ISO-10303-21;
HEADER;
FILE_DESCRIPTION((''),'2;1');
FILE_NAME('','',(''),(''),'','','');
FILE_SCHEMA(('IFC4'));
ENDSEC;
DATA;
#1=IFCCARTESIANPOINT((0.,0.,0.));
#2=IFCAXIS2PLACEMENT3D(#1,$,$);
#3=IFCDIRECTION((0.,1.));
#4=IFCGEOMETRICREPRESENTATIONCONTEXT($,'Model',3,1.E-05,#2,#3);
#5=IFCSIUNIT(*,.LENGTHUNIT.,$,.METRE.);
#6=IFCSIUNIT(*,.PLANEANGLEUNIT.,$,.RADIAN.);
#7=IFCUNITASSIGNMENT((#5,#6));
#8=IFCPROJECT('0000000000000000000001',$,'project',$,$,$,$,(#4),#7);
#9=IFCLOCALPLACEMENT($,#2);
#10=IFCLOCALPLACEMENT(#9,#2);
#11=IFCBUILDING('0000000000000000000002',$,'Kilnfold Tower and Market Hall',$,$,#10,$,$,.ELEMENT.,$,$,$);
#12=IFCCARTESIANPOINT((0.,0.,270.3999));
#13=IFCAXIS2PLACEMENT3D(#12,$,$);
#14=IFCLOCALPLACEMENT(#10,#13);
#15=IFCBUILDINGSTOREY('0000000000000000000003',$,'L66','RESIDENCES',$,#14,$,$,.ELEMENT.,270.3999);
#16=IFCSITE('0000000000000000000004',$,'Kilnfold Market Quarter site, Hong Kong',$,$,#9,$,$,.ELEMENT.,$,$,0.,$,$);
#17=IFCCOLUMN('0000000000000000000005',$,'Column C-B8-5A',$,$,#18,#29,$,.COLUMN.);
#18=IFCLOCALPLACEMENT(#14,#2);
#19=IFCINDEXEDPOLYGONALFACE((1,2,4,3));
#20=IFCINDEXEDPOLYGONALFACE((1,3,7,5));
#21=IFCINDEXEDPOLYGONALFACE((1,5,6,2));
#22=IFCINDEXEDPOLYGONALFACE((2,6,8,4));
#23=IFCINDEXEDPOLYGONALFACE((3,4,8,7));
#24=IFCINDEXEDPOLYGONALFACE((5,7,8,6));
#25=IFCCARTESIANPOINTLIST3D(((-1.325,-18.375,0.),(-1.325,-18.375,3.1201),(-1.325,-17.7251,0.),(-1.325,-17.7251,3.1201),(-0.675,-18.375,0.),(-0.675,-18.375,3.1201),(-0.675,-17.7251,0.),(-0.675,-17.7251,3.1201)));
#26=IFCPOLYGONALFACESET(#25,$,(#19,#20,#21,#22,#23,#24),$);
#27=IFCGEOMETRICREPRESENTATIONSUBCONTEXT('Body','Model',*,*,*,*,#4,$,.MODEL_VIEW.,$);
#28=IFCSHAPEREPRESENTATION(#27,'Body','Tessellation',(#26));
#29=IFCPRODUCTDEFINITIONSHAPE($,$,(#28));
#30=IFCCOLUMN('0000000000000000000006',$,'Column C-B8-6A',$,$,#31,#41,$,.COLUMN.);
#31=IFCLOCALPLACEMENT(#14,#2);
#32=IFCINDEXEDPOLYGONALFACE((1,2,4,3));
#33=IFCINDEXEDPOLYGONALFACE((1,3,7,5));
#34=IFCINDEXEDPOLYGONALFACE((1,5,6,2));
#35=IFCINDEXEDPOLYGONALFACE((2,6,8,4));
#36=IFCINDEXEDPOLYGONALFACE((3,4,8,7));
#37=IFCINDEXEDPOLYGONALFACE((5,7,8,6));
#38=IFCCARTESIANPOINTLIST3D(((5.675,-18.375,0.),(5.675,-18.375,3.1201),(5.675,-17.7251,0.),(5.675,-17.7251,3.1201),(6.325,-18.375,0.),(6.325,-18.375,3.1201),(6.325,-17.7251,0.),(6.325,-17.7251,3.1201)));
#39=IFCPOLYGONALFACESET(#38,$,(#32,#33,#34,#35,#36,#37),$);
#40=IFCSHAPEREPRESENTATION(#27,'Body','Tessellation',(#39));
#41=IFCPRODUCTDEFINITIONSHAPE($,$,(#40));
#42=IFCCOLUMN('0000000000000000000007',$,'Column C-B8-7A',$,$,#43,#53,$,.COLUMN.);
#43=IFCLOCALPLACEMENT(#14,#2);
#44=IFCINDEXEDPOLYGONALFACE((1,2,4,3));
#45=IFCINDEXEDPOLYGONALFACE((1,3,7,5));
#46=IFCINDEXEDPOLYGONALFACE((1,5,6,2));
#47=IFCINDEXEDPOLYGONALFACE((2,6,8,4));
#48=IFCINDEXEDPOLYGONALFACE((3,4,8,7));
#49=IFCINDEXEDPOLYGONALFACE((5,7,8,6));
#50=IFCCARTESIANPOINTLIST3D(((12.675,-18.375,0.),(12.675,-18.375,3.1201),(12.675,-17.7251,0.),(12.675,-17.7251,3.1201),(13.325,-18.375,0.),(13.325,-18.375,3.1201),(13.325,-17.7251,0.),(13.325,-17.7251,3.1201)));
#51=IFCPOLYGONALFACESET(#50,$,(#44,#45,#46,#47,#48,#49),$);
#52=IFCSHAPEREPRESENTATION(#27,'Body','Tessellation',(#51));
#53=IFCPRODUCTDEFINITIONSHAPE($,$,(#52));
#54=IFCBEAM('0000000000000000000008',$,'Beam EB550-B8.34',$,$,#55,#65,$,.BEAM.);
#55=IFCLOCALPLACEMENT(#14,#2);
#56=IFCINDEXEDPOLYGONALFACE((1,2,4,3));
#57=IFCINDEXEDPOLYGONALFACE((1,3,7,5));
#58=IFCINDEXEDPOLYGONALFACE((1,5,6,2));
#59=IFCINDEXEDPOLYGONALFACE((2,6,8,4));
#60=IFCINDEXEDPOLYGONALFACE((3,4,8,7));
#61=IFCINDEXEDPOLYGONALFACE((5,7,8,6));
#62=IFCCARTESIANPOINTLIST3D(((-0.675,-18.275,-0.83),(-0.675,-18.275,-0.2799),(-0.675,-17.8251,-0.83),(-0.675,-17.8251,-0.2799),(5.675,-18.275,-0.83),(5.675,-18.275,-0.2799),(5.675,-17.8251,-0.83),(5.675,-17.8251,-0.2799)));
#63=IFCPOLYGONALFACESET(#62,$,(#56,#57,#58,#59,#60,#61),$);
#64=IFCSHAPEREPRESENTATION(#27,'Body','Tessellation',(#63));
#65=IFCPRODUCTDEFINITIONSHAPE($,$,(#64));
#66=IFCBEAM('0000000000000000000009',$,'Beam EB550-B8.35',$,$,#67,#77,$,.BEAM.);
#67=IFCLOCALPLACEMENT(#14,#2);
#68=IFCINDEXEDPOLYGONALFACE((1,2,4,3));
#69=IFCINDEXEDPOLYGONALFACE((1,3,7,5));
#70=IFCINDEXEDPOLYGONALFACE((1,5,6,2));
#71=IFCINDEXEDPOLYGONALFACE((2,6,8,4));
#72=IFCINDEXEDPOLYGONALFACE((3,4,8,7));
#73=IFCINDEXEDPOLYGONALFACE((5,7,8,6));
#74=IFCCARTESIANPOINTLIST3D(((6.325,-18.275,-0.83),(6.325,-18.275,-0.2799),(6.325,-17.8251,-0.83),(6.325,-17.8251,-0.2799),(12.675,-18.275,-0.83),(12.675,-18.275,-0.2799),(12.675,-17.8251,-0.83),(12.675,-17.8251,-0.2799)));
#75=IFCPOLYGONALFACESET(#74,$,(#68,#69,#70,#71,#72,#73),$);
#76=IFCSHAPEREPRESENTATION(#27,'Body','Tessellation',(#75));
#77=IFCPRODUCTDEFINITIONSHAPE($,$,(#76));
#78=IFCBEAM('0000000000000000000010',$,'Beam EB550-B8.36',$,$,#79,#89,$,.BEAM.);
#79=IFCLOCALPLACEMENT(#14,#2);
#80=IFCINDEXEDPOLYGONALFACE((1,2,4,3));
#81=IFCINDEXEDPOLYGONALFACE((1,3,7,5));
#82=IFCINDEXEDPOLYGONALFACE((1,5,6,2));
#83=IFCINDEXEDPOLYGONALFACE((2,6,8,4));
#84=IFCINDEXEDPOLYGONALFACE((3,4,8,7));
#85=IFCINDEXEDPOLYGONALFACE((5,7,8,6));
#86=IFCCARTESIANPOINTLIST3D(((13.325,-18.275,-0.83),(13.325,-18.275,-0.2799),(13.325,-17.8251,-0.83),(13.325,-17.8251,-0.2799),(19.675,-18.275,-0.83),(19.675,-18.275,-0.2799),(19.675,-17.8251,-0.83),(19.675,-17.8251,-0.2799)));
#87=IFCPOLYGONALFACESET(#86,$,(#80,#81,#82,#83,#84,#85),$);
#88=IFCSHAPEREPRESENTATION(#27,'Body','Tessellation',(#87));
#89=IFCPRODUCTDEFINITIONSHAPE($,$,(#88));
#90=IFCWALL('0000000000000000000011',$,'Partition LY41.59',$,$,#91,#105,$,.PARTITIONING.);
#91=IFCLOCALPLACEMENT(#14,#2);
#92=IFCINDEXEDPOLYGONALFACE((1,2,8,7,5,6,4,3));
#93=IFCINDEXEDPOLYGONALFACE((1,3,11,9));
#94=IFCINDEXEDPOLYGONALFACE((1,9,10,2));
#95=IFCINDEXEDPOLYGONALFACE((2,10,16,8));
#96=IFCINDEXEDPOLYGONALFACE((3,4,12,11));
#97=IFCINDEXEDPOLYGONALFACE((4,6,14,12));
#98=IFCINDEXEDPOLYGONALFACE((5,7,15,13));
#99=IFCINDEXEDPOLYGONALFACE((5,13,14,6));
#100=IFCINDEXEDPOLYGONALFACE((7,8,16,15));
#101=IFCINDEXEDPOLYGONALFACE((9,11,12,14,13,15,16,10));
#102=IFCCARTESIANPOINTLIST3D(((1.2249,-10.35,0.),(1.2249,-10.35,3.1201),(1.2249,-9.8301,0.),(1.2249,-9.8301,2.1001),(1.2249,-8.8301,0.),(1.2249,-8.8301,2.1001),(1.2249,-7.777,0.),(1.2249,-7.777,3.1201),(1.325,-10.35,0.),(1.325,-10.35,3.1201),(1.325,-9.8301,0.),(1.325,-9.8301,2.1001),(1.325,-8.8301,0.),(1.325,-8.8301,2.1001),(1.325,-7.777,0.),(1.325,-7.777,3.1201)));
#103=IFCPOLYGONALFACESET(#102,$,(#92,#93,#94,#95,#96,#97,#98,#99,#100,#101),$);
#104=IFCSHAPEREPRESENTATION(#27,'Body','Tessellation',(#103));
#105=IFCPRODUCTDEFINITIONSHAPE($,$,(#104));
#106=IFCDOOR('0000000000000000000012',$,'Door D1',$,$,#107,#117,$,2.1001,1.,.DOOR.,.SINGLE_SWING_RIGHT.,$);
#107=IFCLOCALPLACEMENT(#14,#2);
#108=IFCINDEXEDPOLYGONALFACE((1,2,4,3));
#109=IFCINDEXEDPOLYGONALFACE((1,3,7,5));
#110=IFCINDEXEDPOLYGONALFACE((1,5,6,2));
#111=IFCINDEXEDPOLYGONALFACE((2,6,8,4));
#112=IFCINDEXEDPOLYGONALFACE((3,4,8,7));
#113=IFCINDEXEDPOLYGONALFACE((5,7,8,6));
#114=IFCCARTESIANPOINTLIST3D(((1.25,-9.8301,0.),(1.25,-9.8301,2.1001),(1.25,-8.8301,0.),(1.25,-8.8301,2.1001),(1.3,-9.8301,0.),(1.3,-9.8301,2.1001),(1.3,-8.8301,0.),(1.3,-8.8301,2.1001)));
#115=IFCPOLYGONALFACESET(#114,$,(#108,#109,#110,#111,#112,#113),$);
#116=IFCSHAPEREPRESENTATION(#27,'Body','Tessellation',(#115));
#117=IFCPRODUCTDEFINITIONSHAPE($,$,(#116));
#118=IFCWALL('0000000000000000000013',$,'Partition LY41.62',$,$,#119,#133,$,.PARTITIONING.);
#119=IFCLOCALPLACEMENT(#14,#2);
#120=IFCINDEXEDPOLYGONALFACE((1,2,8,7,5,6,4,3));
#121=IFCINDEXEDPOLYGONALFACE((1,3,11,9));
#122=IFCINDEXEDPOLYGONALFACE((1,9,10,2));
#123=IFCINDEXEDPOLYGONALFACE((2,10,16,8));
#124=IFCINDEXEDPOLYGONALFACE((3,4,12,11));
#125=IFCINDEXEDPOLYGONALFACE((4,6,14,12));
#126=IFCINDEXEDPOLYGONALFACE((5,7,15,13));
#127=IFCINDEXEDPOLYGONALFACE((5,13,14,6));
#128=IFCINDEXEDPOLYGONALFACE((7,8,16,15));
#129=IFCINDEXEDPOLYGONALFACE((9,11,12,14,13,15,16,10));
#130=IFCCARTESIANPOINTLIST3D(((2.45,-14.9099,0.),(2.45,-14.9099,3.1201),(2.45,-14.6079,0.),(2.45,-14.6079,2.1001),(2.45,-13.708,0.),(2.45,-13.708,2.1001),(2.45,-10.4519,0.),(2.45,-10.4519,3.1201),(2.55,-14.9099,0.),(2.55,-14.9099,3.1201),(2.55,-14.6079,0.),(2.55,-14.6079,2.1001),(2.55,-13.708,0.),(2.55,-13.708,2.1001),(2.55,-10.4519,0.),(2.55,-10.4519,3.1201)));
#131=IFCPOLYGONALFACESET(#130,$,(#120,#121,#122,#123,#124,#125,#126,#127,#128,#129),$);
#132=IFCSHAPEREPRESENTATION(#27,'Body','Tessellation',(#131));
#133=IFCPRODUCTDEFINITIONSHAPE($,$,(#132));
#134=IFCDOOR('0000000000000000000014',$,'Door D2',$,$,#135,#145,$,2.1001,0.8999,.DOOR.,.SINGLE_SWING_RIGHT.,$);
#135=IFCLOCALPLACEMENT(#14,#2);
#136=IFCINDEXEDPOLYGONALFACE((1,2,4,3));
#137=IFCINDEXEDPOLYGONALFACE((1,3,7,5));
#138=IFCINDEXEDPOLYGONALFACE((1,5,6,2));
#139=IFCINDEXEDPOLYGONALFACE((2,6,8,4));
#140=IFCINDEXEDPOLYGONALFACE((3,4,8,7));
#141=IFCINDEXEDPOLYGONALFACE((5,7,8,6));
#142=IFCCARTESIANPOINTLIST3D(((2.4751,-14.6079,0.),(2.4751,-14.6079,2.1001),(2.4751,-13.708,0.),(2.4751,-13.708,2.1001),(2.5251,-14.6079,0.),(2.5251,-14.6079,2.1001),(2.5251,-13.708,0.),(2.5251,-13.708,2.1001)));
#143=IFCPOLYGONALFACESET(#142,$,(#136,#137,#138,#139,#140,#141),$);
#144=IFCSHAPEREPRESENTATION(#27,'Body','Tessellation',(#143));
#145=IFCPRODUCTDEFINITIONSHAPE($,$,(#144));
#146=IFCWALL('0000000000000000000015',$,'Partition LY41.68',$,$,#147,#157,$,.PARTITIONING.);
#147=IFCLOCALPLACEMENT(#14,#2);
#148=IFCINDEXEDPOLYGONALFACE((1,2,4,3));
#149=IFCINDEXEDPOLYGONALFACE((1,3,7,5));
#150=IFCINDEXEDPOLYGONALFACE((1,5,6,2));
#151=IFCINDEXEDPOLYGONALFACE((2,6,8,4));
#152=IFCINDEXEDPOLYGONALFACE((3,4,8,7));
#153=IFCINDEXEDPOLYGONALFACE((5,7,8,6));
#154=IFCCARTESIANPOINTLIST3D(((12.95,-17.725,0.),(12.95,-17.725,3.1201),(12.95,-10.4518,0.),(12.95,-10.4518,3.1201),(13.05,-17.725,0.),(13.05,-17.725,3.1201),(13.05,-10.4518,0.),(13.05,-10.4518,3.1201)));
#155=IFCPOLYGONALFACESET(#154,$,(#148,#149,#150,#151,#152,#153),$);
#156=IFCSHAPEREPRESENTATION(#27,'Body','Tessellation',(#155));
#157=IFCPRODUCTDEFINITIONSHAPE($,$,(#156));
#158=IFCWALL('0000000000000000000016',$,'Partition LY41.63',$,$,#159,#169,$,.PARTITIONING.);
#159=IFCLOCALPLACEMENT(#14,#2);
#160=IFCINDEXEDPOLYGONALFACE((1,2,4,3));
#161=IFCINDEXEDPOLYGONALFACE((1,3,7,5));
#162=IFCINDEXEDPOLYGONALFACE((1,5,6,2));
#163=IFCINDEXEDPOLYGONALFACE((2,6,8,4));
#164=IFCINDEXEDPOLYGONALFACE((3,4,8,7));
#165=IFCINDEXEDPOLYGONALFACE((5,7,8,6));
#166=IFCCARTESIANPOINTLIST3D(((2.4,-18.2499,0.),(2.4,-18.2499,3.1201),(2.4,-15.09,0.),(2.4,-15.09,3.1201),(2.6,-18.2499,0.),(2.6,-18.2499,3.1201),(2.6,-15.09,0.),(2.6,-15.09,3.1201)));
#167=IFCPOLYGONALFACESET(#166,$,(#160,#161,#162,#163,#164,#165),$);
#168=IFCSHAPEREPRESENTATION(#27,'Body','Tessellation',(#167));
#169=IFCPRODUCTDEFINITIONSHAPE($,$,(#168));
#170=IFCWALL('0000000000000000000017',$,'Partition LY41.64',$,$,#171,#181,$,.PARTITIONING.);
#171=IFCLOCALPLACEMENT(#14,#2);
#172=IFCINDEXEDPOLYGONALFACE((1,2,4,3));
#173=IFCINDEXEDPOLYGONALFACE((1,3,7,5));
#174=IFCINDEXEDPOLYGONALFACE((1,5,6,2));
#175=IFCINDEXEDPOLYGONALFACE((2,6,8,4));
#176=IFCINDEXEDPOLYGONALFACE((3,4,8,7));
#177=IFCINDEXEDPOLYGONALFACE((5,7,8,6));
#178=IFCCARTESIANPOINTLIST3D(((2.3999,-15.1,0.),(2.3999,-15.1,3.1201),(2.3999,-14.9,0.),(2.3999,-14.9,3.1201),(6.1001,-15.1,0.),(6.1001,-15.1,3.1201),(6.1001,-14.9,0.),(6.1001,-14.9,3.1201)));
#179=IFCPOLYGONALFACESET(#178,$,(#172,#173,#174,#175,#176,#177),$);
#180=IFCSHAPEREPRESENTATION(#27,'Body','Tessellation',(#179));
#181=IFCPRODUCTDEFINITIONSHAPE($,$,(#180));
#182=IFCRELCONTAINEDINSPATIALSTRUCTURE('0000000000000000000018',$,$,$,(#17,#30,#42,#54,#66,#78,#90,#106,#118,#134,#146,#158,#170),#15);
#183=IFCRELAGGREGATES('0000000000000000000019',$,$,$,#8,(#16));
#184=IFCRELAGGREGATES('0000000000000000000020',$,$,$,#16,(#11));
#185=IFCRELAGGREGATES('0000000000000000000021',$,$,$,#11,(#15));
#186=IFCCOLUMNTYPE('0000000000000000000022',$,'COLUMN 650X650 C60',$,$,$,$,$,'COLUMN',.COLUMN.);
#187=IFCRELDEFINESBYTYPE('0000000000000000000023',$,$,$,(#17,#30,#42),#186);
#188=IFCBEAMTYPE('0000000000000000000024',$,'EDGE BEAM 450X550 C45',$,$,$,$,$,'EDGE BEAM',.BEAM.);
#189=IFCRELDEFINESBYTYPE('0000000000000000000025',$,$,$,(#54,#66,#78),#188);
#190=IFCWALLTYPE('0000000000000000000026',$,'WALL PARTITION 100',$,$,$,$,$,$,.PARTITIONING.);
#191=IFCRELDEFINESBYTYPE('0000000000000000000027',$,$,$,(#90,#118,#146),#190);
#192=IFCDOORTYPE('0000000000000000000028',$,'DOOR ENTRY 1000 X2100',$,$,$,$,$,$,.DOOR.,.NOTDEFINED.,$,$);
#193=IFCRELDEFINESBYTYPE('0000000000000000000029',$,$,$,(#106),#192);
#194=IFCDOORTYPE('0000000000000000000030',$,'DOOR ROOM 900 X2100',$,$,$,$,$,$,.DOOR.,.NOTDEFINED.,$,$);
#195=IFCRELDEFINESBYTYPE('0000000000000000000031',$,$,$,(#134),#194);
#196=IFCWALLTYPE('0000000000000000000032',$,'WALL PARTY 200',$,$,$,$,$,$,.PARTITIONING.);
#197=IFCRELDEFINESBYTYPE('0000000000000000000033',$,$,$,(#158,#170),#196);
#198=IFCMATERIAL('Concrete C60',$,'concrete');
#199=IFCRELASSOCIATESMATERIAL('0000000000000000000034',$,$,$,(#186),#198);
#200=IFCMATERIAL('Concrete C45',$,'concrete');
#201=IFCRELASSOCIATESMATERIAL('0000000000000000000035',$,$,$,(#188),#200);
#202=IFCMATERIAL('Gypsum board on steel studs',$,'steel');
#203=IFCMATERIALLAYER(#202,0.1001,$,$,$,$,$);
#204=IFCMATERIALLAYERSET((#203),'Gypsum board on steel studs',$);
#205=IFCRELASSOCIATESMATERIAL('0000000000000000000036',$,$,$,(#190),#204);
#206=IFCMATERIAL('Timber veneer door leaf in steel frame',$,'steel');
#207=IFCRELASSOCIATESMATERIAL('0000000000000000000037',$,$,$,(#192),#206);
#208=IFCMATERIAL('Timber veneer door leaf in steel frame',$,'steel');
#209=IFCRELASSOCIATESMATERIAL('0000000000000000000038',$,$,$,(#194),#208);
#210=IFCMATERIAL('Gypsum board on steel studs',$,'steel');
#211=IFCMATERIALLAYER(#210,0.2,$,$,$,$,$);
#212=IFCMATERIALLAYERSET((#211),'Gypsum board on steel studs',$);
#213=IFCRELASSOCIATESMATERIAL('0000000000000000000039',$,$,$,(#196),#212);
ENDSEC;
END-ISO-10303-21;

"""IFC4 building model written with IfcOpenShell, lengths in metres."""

from ifc_helpers import new_model, si_unit, direction, frame, frame_2d, origin, origin_2d, place, context, subcontext, project, spatial, rectangle, extrude, source, transform, mapped, material, layer, layer_set, material_profile, profile_set, type_object, element, fill, save


model = new_model("IFC4")

# Units and contexts
model_context = context("Model", 3, precision=1e-05, world=origin(), true_north=direction((0.0, 1.0)))
body_context = subcontext(model_context, "Body", "Model", "MODEL_VIEW")
ifc_project = project(units=[si_unit("LENGTHUNIT", "METRE"), si_unit("PLANEANGLEUNIT", "RADIAN")], contexts=[model_context])

# Site, building, storey
site_placement = place(None, origin())
site = spatial("IfcSite", under=ifc_project, at=site_placement, Name="Kilnfold Market Quarter site, Hong Kong", CompositionType="ELEMENT", RefElevation=0.0)
building_placement = place(site_placement, origin())
building = spatial("IfcBuilding", under=site, at=building_placement, Name="Kilnfold Tower and Market Hall", CompositionType="ELEMENT")
storey_placement = place(building_placement, frame((0.0, 0.0, 270.3999)))
storey = spatial("IfcBuildingStorey", under=building, at=storey_placement, Name="L66", Description="RESIDENCES", CompositionType="ELEMENT", Elevation=270.3999)

# Columns
ifc_material_1 = material(Name="Concrete C60", Category="concrete")
ifc_material_profile_1 = material_profile(ifc_material_1, rectangle(XDim=0.6499, YDim=0.6499, at=origin_2d()), Name="RC 650x650")
ifc_profile_set_1 = profile_set([ifc_material_profile_1], Name="Concrete C60")
column_type = type_object("IfcColumnType", Name="COLUMN 650X650 C60", ElementType="COLUMN", PredefinedType="COLUMN", material=ifc_profile_set_1)
shared_shape_1 = source(origin(), body_context, "Body", "SweptSolid", [
    extrude(rectangle(XDim=0.6499, YDim=0.6499, at=origin_2d()), origin(), (0.0, 0.0, 1.0), 3.1201),
])
for number, where, z_axis, x_axis, name in (
    (1, (-1.0, -18.05, 0.0), (0.0, 0.0, 1.0), (1.0, 0.0, 0.0), "Column C-B8-5A"),
    (2, (6.0, -18.05, 0.0), (0.0, 0.0, 1.0), (1.0, 0.0, 0.0), "Column C-B8-6A"),
    (3, (13.0, -18.05, 0.0), (0.0, 0.0, 1.0), (1.0, 0.0, 0.0), "Column C-B8-7A"),
):
    element("IfcColumn", number, at=place(storey_placement, frame(where, z_axis=z_axis, x_axis=x_axis)), inside=storey, type_object=column_type, Name=name, PredefinedType="COLUMN", context=body_context, shape_type="MappedRepresentation", body=[
        mapped(shared_shape_1, transform((0.0, 0.0, 0.0))),
    ])

# Beams
ifc_material_2 = material(Name="Concrete C45", Category="concrete")
ifc_material_profile_2 = material_profile(ifc_material_2, rectangle(XDim=0.45, YDim=0.55, at=origin_2d()), Name="RC 450x550")
ifc_profile_set_2 = profile_set([ifc_material_profile_2], Name="Concrete C45")
beam_type = type_object("IfcBeamType", Name="EDGE BEAM 450X550 C45", ElementType="EDGE BEAM", PredefinedType="BEAM", material=ifc_profile_set_2)
shared_shape_2 = source(origin(), body_context, "Body", "SweptSolid", [
    extrude(rectangle(XDim=0.45, YDim=0.55, at=origin_2d()), origin(), (0.0, 0.0, 1.0), 6.3501),
])
for number, where, z_axis, x_axis, name in (
    (4, (-0.675, -18.05, -0.5549), (1.0, 0.0, 0.0), (0.0, 1.0, 0.0), "Beam EB550-B8.34"),
    (5, (6.325, -18.05, -0.5549), (1.0, 0.0, 0.0), (0.0, 1.0, 0.0), "Beam EB550-B8.35"),
    (6, (13.325, -18.05, -0.5549), (1.0, 0.0, 0.0), (0.0, 1.0, 0.0), "Beam EB550-B8.36"),
):
    element("IfcBeam", number, at=place(storey_placement, frame(where, z_axis=z_axis, x_axis=x_axis)), inside=storey, type_object=beam_type, Name=name, PredefinedType="BEAM", context=body_context, shape_type="MappedRepresentation", body=[
        mapped(shared_shape_2, transform((0.0, 0.0, 0.0))),
    ])

# Walls, openings, doors
ifc_material_3 = material(Name="Gypsum board on steel studs", Category="steel")
ifc_layer_1 = layer(ifc_material_3, 0.1001)
ifc_layer_set_1 = layer_set([ifc_layer_1], Name="Gypsum board on steel studs")
wall_type_1 = type_object("IfcWallType", Name="WALL PARTITION 100", PredefinedType="PARTITIONING", material=ifc_layer_set_1)
wall_1_placement = place(storey_placement, frame((1.2749, -10.3501, 0.0), z_axis=(0.0, 0.0, 1.0), x_axis=(0.0, 1.0, 0.0)))
wall_1 = element("IfcWall", 7, at=wall_1_placement, inside=storey, type_object=wall_type_1, Name="Partition LY41.59", PredefinedType="PARTITIONING", context=body_context, shape_type="SweptSolid", body=[
    extrude(rectangle(XDim=2.573, YDim=0.1001, at=frame_2d((1.2866, 0.0))), origin(), (0.0, 0.0, 1.0), 3.1201),
])
opening_1_placement = place(wall_1_placement, frame((0.52, 0.0, 0.0)))
opening_1 = element("IfcOpeningElement", 8, at=opening_1_placement, cuts=wall_1, PredefinedType="OPENING", context=body_context, shape_type="SweptSolid", body=[
    extrude(rectangle(XDim=1.0, YDim=2.1001, at=frame_2d((0.5, 1.05))), frame((0.0, 0.0601, 0.0), z_axis=(0.0, -1.0, 0.0), x_axis=(1.0, 0.0, 0.0)), (0.0, 0.0, 1.0), 0.1201),
])
ifc_material_4 = material(Name="Timber veneer door leaf in steel frame", Category="steel")
door_type_1 = type_object("IfcDoorType", Name="DOOR ENTRY 1000 X2100", OperationType="NOTDEFINED", PredefinedType="DOOR", material=ifc_material_4)
door_1_placement = place(opening_1_placement, origin())
door_1 = element("IfcDoor", 9, at=door_1_placement, inside=storey, type_object=door_type_1, Name="Door D1", OperationType="SINGLE_SWING_RIGHT", OverallHeight=2.1001, OverallWidth=1.0, PredefinedType="DOOR", context=body_context, shape_type="SweptSolid", body=[
    extrude(rectangle(XDim=1.0, YDim=2.1001, at=frame_2d((0.5, 1.05))), frame((0.0, 0.0249, 0.0), z_axis=(0.0, -1.0, 0.0), x_axis=(1.0, 0.0, 0.0)), (0.0, 0.0, 1.0), 0.05),
])
fill(opening_1, door_1)
wall_2_placement = place(storey_placement, frame((2.5, -14.9099, 0.0), z_axis=(0.0, 0.0, 1.0), x_axis=(0.0, 1.0, 0.0)))
wall_2 = element("IfcWall", 10, at=wall_2_placement, inside=storey, type_object=wall_type_1, Name="Partition LY41.62", PredefinedType="PARTITIONING", context=body_context, shape_type="SweptSolid", body=[
    extrude(rectangle(XDim=4.458, YDim=0.1001, at=frame_2d((2.229, 0.0))), origin(), (0.0, 0.0, 1.0), 3.1201),
])
opening_2_placement = place(wall_2_placement, frame((0.302, 0.0, 0.0)))
opening_2 = element("IfcOpeningElement", 11, at=opening_2_placement, cuts=wall_2, PredefinedType="OPENING", context=body_context, shape_type="SweptSolid", body=[
    extrude(rectangle(XDim=0.8999, YDim=2.1001, at=frame_2d((0.45, 1.05))), frame((0.0, 0.0601, 0.0), z_axis=(0.0, -1.0, 0.0), x_axis=(1.0, 0.0, 0.0)), (0.0, 0.0, 1.0), 0.1201),
])
ifc_material_5 = material(Name="Timber veneer door leaf in steel frame", Category="steel")
door_type_2 = type_object("IfcDoorType", Name="DOOR ROOM 900 X2100", OperationType="NOTDEFINED", PredefinedType="DOOR", material=ifc_material_5)
door_2_placement = place(opening_2_placement, origin())
door_2 = element("IfcDoor", 12, at=door_2_placement, inside=storey, type_object=door_type_2, Name="Door D2", OperationType="SINGLE_SWING_RIGHT", OverallHeight=2.1001, OverallWidth=0.8999, PredefinedType="DOOR", context=body_context, shape_type="SweptSolid", body=[
    extrude(rectangle(XDim=0.8999, YDim=2.1001, at=frame_2d((0.45, 1.05))), frame((0.0, 0.0249, 0.0), z_axis=(0.0, -1.0, 0.0), x_axis=(1.0, 0.0, 0.0)), (0.0, 0.0, 1.0), 0.05),
])
fill(opening_2, door_2)

# Walls
wall_3_placement = place(storey_placement, frame((13.0, -17.7251, 0.0), z_axis=(0.0, 0.0, 1.0), x_axis=(0.0, 1.0, 0.0)))
element("IfcWall", 13, at=wall_3_placement, inside=storey, type_object=wall_type_1, Name="Partition LY41.68", PredefinedType="PARTITIONING", context=body_context, shape_type="SweptSolid", body=[
    extrude(rectangle(XDim=7.2732, YDim=0.1001, at=frame_2d((3.6367, 0.0))), origin(), (0.0, 0.0, 1.0), 3.1201),
])
ifc_material_6 = material(Name="Gypsum board on steel studs", Category="steel")
ifc_layer_2 = layer(ifc_material_6, 0.2)
ifc_layer_set_2 = layer_set([ifc_layer_2], Name="Gypsum board on steel studs")
wall_type_2 = type_object("IfcWallType", Name="WALL PARTY 200", PredefinedType="PARTITIONING", material=ifc_layer_set_2)
wall_4_placement = place(storey_placement, frame((2.5, -18.25, 0.0), z_axis=(0.0, 0.0, 1.0), x_axis=(0.0, 1.0, 0.0)))
element("IfcWall", 14, at=wall_4_placement, inside=storey, type_object=wall_type_2, Name="Partition LY41.63", PredefinedType="PARTITIONING", context=body_context, shape_type="SweptSolid", body=[
    extrude(rectangle(XDim=3.1599, YDim=0.2, at=frame_2d((1.5801, 0.0))), origin(), (0.0, 0.0, 1.0), 3.1201),
])
wall_5_placement = place(storey_placement, frame((2.3999, -15.0, 0.0), z_axis=(0.0, 0.0, 1.0), x_axis=(1.0, 0.0, 0.0)))
element("IfcWall", 15, at=wall_5_placement, inside=storey, type_object=wall_type_2, Name="Partition LY41.64", PredefinedType="PARTITIONING", context=body_context, shape_type="SweptSolid", body=[
    extrude(rectangle(XDim=3.7002, YDim=0.2, at=frame_2d((1.8501, 0.0))), origin(), (0.0, 0.0, 1.0), 3.1201),
])

save(model, "model.ifc")
